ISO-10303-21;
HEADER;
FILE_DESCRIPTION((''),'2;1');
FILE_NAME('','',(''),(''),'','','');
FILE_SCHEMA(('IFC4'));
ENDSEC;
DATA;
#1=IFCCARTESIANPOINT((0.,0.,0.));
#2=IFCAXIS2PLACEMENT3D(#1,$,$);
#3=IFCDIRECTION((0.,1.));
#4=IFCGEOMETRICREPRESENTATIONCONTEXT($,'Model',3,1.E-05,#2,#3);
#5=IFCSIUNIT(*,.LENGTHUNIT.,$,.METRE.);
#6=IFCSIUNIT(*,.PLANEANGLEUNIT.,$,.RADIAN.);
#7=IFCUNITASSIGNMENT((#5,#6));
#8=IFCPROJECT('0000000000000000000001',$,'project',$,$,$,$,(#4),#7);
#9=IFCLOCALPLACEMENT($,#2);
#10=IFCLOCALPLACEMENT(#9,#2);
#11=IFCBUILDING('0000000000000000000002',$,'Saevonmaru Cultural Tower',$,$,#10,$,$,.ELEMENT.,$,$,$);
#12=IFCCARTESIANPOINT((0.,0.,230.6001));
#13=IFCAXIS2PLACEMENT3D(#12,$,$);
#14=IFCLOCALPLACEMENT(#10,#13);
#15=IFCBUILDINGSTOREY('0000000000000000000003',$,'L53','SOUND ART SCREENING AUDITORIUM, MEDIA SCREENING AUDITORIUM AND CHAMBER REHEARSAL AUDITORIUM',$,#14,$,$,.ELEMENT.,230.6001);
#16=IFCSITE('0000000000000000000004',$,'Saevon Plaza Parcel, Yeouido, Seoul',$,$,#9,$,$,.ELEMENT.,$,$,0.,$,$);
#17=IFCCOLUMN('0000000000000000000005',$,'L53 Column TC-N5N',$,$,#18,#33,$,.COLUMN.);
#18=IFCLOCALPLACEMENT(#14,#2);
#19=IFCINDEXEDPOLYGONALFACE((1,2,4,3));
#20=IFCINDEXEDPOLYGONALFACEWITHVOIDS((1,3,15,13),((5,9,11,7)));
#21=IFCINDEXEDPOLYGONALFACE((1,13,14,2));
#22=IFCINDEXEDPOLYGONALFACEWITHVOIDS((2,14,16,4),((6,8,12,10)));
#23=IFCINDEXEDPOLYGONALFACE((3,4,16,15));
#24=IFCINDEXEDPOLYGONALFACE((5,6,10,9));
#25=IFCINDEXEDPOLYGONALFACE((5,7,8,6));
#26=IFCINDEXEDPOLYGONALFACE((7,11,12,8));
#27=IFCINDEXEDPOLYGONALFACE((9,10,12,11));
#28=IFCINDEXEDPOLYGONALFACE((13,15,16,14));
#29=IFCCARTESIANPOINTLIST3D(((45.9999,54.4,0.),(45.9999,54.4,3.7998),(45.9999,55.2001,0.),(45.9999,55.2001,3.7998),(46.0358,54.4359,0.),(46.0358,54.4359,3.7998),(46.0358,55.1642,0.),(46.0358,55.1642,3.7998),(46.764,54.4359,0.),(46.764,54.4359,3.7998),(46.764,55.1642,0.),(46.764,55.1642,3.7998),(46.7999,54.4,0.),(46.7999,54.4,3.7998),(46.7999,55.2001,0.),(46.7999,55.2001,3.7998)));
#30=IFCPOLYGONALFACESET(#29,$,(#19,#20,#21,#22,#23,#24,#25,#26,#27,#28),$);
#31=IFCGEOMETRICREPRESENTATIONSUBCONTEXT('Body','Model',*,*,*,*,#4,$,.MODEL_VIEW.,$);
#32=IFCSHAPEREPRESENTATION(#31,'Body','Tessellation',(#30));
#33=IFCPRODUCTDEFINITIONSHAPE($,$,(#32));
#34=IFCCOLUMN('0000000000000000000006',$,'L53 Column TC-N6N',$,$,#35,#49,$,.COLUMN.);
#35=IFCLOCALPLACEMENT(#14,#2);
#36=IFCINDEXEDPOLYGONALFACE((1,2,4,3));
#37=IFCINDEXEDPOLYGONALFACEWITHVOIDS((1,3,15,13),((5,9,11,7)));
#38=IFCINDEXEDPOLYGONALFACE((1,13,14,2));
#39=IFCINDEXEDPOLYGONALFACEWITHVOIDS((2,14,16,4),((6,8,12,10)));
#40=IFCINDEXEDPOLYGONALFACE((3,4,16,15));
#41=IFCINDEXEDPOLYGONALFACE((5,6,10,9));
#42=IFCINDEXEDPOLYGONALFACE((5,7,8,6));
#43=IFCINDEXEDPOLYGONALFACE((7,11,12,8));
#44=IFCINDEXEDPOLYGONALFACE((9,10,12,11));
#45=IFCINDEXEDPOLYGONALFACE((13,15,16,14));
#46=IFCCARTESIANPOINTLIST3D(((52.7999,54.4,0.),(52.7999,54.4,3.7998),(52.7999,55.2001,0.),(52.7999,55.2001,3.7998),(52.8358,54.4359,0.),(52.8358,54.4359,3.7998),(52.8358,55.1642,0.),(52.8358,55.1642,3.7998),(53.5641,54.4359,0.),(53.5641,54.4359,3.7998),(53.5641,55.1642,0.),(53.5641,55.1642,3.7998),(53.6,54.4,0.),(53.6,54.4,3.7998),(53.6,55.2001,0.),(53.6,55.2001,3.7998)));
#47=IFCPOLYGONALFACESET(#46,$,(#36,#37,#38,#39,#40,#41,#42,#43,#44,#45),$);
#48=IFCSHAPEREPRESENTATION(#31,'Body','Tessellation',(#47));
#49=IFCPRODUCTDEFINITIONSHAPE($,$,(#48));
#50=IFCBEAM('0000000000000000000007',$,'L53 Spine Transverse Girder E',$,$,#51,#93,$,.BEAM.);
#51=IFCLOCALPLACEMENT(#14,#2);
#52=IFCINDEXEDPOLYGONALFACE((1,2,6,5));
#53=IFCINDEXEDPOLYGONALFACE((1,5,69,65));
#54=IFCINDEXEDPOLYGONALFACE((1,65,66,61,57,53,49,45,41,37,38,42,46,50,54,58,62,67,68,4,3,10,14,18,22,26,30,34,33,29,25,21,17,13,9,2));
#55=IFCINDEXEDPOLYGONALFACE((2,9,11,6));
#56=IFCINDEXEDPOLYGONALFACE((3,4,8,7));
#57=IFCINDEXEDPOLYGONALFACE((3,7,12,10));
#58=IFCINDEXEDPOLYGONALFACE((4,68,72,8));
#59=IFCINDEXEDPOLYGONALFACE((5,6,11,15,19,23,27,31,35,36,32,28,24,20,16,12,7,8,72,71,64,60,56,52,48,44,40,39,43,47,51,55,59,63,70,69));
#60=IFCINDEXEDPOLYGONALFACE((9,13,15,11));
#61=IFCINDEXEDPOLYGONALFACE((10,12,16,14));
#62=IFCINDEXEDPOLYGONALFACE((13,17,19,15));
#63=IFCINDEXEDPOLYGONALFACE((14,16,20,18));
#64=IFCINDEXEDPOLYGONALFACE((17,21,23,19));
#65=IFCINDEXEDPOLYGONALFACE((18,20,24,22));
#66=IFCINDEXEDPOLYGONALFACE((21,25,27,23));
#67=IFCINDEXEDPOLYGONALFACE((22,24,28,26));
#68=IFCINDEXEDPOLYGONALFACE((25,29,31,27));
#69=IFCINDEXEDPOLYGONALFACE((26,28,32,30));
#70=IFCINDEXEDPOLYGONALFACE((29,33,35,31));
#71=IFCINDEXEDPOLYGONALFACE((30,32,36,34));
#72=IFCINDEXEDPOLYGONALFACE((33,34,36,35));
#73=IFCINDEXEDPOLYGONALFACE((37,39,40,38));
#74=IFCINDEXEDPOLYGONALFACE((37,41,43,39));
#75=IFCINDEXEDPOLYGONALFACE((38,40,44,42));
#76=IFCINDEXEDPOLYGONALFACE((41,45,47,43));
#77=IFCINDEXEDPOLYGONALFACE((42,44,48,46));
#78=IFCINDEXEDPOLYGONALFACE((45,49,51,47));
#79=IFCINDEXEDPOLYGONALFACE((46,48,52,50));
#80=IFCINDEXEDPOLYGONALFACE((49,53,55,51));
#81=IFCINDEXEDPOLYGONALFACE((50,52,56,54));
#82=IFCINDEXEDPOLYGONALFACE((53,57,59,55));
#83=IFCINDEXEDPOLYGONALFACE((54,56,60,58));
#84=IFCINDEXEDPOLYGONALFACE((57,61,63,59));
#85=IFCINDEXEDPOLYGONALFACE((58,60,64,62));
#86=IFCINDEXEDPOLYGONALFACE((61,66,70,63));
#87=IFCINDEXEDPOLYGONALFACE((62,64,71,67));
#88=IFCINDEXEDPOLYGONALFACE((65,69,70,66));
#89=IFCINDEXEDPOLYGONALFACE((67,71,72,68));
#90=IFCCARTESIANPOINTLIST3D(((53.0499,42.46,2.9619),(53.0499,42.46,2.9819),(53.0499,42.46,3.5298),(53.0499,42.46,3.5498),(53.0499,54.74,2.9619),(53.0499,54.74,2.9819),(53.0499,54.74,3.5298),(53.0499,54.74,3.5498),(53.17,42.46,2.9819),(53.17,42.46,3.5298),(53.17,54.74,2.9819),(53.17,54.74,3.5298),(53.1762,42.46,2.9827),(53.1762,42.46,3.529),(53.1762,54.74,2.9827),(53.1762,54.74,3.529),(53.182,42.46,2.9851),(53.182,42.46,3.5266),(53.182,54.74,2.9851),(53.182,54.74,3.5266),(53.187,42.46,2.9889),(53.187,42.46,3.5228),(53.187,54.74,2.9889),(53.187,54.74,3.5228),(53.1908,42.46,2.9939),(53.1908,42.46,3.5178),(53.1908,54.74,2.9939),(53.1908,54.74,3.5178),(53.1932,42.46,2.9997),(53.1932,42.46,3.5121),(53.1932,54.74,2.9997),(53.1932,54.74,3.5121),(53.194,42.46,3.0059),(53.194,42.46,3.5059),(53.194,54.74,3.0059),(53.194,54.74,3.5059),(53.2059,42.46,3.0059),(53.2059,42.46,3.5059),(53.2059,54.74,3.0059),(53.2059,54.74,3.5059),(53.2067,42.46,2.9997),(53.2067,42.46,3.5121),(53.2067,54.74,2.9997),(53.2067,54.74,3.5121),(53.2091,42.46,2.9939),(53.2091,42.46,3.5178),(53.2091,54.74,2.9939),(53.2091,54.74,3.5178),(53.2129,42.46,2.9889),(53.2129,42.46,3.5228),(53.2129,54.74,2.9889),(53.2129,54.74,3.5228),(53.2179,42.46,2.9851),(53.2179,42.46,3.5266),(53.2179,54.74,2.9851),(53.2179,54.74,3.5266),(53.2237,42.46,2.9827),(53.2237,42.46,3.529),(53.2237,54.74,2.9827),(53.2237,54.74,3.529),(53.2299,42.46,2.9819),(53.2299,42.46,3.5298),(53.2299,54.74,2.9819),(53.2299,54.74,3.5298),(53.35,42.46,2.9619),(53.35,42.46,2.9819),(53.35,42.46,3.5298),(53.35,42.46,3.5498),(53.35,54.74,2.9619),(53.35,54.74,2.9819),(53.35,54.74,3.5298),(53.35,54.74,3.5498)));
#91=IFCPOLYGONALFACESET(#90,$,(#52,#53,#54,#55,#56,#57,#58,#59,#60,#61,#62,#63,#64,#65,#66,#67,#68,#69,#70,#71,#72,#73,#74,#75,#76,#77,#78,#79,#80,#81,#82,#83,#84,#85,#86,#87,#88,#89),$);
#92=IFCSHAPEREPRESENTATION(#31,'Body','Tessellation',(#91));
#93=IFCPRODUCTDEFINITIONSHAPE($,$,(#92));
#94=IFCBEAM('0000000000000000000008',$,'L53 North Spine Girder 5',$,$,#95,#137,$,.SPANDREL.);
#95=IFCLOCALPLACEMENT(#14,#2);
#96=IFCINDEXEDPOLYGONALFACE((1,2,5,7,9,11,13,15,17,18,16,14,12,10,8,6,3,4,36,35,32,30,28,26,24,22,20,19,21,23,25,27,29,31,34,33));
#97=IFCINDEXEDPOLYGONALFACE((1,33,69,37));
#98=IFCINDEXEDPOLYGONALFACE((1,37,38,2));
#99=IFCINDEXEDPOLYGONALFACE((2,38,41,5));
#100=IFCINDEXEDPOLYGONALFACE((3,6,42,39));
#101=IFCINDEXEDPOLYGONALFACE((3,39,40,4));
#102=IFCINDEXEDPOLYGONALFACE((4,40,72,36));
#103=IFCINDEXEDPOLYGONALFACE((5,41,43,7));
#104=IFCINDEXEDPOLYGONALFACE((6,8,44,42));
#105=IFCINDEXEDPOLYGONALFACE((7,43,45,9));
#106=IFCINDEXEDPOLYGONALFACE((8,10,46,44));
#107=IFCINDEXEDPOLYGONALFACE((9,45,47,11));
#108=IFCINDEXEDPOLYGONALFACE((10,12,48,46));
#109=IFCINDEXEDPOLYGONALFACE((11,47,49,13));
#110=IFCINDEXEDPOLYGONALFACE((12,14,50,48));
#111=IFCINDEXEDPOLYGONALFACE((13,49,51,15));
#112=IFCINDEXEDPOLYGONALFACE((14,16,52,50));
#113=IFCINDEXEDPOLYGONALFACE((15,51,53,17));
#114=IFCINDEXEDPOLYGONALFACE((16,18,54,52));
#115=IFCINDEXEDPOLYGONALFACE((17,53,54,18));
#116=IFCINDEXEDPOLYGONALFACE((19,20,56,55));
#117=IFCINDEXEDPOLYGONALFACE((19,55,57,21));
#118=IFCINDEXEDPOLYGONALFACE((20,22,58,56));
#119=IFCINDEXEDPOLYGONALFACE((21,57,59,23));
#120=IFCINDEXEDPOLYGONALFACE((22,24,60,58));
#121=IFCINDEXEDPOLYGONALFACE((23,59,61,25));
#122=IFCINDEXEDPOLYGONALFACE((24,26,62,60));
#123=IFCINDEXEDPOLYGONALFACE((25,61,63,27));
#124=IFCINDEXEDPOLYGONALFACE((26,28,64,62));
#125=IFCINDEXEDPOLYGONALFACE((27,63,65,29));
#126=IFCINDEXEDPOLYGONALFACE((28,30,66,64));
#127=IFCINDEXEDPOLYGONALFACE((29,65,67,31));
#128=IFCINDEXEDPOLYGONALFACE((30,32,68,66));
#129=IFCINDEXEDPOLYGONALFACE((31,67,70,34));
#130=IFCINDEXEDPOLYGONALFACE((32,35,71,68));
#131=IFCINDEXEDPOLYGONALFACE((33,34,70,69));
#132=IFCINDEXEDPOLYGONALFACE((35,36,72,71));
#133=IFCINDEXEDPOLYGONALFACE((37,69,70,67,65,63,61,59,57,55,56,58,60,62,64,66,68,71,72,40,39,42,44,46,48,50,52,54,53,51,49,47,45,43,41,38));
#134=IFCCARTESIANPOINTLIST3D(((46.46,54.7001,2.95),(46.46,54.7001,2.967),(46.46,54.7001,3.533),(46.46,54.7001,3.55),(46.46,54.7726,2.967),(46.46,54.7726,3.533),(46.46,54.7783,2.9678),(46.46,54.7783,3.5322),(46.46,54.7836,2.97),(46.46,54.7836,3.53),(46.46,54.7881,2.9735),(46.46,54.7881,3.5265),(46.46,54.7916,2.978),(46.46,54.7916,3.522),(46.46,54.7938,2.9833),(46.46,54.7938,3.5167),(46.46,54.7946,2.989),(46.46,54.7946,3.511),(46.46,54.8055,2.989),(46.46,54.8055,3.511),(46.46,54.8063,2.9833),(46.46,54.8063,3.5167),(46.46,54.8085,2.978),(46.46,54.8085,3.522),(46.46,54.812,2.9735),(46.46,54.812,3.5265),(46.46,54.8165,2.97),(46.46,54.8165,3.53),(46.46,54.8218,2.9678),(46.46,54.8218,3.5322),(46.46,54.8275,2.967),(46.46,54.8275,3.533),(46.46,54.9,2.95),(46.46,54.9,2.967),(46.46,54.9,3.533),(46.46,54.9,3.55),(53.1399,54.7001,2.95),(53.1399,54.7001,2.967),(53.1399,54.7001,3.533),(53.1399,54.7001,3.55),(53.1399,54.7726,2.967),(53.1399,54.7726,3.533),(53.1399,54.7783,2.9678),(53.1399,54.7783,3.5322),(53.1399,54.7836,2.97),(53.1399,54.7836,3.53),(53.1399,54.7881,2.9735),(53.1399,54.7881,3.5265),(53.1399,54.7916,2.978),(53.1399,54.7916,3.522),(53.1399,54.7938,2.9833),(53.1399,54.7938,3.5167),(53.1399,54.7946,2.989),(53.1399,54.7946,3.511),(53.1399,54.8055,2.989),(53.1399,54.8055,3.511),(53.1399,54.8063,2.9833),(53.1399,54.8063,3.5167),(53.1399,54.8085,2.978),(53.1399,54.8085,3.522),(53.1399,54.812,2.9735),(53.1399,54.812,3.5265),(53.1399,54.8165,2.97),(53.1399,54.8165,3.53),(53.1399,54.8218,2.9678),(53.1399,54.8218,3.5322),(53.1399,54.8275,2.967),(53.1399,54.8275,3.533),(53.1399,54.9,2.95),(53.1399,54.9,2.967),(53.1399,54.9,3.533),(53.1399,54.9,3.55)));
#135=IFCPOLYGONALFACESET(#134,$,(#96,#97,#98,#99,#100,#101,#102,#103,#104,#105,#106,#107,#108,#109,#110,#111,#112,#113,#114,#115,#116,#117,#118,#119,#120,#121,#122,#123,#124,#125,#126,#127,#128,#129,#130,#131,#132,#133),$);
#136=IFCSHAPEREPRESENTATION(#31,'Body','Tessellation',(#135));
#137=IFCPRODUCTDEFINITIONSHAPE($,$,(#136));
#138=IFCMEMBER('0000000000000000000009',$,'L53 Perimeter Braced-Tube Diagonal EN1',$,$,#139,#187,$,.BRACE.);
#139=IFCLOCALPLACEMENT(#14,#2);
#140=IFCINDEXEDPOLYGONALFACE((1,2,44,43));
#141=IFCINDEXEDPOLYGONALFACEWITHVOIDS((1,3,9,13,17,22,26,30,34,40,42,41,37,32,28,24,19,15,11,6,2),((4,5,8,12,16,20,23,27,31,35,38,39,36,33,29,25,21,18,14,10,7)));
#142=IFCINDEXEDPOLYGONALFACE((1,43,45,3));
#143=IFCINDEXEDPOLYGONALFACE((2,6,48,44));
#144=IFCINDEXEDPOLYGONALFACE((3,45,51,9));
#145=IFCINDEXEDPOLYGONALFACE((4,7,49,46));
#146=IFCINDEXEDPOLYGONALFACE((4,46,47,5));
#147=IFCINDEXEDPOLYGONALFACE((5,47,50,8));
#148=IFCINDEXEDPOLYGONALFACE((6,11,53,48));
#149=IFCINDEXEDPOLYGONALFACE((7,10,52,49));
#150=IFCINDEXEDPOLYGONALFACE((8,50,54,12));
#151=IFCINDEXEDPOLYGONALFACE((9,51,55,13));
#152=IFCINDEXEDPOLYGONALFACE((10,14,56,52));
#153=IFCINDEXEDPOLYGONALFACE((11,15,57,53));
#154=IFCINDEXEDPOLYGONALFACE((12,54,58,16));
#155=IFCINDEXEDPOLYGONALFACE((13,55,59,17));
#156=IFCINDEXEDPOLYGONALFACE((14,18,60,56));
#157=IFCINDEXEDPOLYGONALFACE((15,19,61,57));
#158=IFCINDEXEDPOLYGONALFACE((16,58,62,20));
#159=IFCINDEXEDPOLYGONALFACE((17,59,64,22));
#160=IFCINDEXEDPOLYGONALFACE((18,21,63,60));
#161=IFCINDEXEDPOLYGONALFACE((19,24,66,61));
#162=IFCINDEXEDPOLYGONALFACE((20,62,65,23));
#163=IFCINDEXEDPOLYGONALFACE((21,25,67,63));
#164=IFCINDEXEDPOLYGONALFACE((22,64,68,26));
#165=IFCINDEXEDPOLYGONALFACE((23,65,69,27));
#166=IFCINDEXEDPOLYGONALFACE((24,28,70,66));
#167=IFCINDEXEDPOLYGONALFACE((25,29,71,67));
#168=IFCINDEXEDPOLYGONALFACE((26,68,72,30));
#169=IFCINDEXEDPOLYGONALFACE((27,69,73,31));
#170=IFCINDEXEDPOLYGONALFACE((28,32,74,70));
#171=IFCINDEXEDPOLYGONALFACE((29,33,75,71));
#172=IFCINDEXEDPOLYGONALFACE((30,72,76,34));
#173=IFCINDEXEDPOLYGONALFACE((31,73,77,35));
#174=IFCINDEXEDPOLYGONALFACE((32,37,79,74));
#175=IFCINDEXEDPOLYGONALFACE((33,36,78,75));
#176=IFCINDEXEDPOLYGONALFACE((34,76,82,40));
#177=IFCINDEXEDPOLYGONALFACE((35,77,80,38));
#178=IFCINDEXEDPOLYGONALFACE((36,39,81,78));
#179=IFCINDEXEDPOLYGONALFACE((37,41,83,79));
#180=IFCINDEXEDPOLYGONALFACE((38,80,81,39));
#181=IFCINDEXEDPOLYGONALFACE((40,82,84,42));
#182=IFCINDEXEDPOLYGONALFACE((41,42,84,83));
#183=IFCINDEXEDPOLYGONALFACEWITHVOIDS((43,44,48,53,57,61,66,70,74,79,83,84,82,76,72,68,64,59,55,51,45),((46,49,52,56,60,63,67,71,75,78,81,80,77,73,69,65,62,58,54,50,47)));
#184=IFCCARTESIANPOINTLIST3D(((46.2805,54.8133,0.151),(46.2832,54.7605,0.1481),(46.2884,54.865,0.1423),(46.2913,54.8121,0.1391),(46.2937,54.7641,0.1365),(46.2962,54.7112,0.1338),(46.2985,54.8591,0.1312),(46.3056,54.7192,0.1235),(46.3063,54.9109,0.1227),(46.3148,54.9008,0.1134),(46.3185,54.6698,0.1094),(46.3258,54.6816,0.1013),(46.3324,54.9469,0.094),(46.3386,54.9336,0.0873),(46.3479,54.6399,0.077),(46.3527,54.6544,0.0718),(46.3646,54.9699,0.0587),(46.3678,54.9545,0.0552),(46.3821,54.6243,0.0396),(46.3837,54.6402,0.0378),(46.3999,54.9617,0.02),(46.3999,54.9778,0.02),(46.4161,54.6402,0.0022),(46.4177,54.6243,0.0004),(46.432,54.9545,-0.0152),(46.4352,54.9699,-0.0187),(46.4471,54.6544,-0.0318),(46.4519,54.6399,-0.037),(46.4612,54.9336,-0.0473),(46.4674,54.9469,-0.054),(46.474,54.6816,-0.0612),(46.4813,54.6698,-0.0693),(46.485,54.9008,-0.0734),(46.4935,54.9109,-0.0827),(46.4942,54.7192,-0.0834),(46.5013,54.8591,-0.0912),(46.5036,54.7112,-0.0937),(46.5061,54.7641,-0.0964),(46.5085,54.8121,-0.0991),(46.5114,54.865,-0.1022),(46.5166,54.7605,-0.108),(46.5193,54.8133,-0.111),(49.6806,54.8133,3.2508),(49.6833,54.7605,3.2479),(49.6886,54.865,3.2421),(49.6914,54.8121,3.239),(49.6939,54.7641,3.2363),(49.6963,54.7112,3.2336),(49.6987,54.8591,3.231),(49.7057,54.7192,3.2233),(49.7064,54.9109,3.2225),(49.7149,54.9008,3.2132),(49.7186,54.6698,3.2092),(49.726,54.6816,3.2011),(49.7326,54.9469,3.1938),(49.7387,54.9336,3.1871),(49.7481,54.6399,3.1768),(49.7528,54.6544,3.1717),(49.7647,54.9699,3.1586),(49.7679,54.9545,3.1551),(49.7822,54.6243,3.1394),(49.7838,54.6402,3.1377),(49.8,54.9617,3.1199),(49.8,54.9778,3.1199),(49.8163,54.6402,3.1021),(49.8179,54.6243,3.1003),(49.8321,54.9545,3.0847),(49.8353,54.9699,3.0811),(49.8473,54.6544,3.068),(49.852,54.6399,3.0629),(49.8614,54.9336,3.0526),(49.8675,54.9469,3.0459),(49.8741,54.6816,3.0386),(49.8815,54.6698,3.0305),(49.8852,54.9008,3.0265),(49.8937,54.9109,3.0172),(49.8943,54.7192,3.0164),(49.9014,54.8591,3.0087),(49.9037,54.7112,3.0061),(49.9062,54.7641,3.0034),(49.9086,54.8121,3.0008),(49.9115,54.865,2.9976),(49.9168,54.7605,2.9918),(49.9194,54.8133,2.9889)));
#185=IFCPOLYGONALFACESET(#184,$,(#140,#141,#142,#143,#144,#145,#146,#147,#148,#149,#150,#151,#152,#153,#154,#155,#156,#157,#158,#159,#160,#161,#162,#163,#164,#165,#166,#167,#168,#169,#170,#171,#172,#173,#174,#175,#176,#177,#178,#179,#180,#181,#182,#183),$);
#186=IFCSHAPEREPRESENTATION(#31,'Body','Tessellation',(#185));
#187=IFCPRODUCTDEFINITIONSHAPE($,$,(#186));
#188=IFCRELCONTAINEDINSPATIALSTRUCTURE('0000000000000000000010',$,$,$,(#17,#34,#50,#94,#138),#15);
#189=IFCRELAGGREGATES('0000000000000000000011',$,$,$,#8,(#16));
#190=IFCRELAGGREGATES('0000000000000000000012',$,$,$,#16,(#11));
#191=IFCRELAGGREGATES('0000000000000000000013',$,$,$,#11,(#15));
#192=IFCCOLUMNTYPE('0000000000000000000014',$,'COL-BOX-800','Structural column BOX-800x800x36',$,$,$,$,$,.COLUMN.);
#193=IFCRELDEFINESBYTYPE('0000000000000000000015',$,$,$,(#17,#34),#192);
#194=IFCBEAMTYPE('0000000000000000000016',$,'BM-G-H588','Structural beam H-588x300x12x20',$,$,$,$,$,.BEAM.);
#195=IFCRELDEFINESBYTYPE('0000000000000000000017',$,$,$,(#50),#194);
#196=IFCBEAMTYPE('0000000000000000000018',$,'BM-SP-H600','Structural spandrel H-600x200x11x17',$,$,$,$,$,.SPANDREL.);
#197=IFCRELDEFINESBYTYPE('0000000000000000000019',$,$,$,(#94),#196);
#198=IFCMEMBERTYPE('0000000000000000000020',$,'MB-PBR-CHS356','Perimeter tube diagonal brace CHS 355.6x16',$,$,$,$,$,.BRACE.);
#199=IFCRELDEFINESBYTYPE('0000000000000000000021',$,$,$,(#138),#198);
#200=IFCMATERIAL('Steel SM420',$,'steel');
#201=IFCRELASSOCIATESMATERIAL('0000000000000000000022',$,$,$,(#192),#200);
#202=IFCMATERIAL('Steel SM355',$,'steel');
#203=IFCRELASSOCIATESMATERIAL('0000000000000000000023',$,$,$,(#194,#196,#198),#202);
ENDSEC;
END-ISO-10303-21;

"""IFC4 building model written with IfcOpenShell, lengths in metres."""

from ifc_helpers import new_model, si_unit, direction, frame, origin, origin_2d, place, context, subcontext, project, spatial, hollow_rectangle, hollow_circle, i_section, extrude, material, material_profile, profile_set, type_object, element, save


model = new_model("IFC4")

# Units and contexts
model_context = context("Model", 3, precision=1e-05, world=origin(), true_north=direction((0.0, 1.0)))
body_context = subcontext(model_context, "Body", "Model", "MODEL_VIEW")
ifc_project = project(units=[si_unit("LENGTHUNIT", "METRE"), si_unit("PLANEANGLEUNIT", "RADIAN")], contexts=[model_context])

# Site, building, storey
site_placement = place(None, origin())
site = spatial("IfcSite", under=ifc_project, at=site_placement, Name="Saevon Plaza Parcel, Yeouido, Seoul", CompositionType="ELEMENT", RefElevation=0.0)
building_placement = place(site_placement, origin())
building = spatial("IfcBuilding", under=site, at=building_placement, Name="Saevonmaru Cultural Tower", CompositionType="ELEMENT")
storey_placement = place(building_placement, frame((0.0, 0.0, 230.6001)))
storey = spatial("IfcBuildingStorey", under=building, at=storey_placement, Name="L53", Description="SOUND ART SCREENING AUDITORIUM, MEDIA SCREENING AUDITORIUM AND CHAMBER REHEARSAL AUDITORIUM", CompositionType="ELEMENT", Elevation=230.6001)

# Columns
ifc_material_1 = material(Name="Steel SM420", Category="steel")
ifc_material_profile_1 = material_profile(ifc_material_1, hollow_rectangle(XDim=0.8, YDim=0.8, WallThickness=0.0359, at=origin_2d()), Name="BOX-800x800x36")
ifc_profile_set_1 = profile_set([ifc_material_profile_1], Name="Steel SM420")
column_type = type_object("IfcColumnType", Name="COL-BOX-800", Description="Structural column BOX-800x800x36", PredefinedType="COLUMN", material=ifc_profile_set_1)
for number, where, z_axis, x_axis, name in (
    (1, (46.3999, 54.8, 0.0), (0.0, 0.0, 1.0), (1.0, 0.0, 0.0), "L53 Column TC-N5N"),
    (2, (53.2, 54.8, 0.0), (0.0, 0.0, 1.0), (1.0, 0.0, 0.0), "L53 Column TC-N6N"),
):
    element("IfcColumn", number, at=place(storey_placement, frame(where, z_axis=z_axis, x_axis=x_axis)), inside=storey, type_object=column_type, Name=name, PredefinedType="COLUMN", context=body_context, shape_type="SweptSolid", body=[
        extrude(hollow_rectangle(XDim=0.8, YDim=0.8, WallThickness=0.0359, at=origin_2d()), origin(), (0.0, 0.0, 1.0), 3.7998),
    ])

# Beams
ifc_material_2 = material(Name="Steel SM355", Category="steel")
ifc_material_profile_2 = material_profile(ifc_material_2, i_section(OverallWidth=0.3, OverallDepth=0.5879, WebThickness=0.012, FlangeThickness=0.02, FilletRadius=0.0239, at=origin_2d()), Name="H-588x300x12x20")
ifc_profile_set_2 = profile_set([ifc_material_profile_2], Name="Steel SM355")
beam_type_1 = type_object("IfcBeamType", Name="BM-G-H588", Description="Structural beam H-588x300x12x20", PredefinedType="BEAM", material=ifc_profile_set_2)
beam_1_placement = place(storey_placement, frame((53.2, 54.74, 3.2559), z_axis=(0.0, -1.0, 0.0), x_axis=(1.0, 0.0, 0.0)))
element("IfcBeam", 3, at=beam_1_placement, inside=storey, type_object=beam_type_1, Name="L53 Spine Transverse Girder E", PredefinedType="BEAM", context=body_context, shape_type="SweptSolid", body=[
    extrude(i_section(OverallWidth=0.3, OverallDepth=0.5879, WebThickness=0.012, FlangeThickness=0.02, FilletRadius=0.0239, at=origin_2d()), origin(), (0.0, 0.0, 1.0), 12.28),
])
ifc_material_profile_3 = material_profile(ifc_material_2, i_section(OverallWidth=0.2, OverallDepth=0.6001, WebThickness=0.011, FlangeThickness=0.0171, FilletRadius=0.022, at=origin_2d()), Name="H-600x200x11x17")
ifc_profile_set_3 = profile_set([ifc_material_profile_3], Name="Steel SM355")
beam_type_2 = type_object("IfcBeamType", Name="BM-SP-H600", Description="Structural spandrel H-600x200x11x17", PredefinedType="SPANDREL", material=ifc_profile_set_3)
beam_2_placement = place(storey_placement, frame((46.46, 54.8, 3.25), z_axis=(1.0, 0.0, 0.0), x_axis=(0.0, 1.0, 0.0)))
element("IfcBeam", 4, at=beam_2_placement, inside=storey, type_object=beam_type_2, Name="L53 North Spine Girder 5", PredefinedType="SPANDREL", context=body_context, shape_type="SweptSolid", body=[
    extrude(i_section(OverallWidth=0.2, OverallDepth=0.6001, WebThickness=0.011, FlangeThickness=0.0171, FilletRadius=0.022, at=origin_2d()), origin(), (0.0, 0.0, 1.0), 6.6799),
])

# Member
ifc_material_profile_4 = material_profile(ifc_material_2, hollow_circle(Radius=0.1777, WallThickness=0.0161, at=origin_2d()), Name="CHS-355.6x16")
ifc_profile_set_4 = profile_set([ifc_material_profile_4], Name="Steel SM355")
member_type_1 = type_object("IfcMemberType", Name="MB-PBR-CHS356", Description="Perimeter tube diagonal brace CHS 355.6x16", PredefinedType="BRACE", material=ifc_profile_set_4)
member_1_placement = place(storey_placement, frame((46.3999, 54.8, 0.02), z_axis=(0.738986, 0.0, 0.673721), x_axis=(0.0, 1.0, 0.0)))
element("IfcMember", 5, at=member_1_placement, inside=storey, type_object=member_type_1, Name="L53 Perimeter Braced-Tube Diagonal EN1", PredefinedType="BRACE", context=body_context, shape_type="SweptSolid", body=[
    extrude(hollow_circle(Radius=0.1777, WallThickness=0.0161, at=origin_2d()), origin(), (0.0, 0.0, 1.0), 4.6011),
])

save(model, "model.ifc")
